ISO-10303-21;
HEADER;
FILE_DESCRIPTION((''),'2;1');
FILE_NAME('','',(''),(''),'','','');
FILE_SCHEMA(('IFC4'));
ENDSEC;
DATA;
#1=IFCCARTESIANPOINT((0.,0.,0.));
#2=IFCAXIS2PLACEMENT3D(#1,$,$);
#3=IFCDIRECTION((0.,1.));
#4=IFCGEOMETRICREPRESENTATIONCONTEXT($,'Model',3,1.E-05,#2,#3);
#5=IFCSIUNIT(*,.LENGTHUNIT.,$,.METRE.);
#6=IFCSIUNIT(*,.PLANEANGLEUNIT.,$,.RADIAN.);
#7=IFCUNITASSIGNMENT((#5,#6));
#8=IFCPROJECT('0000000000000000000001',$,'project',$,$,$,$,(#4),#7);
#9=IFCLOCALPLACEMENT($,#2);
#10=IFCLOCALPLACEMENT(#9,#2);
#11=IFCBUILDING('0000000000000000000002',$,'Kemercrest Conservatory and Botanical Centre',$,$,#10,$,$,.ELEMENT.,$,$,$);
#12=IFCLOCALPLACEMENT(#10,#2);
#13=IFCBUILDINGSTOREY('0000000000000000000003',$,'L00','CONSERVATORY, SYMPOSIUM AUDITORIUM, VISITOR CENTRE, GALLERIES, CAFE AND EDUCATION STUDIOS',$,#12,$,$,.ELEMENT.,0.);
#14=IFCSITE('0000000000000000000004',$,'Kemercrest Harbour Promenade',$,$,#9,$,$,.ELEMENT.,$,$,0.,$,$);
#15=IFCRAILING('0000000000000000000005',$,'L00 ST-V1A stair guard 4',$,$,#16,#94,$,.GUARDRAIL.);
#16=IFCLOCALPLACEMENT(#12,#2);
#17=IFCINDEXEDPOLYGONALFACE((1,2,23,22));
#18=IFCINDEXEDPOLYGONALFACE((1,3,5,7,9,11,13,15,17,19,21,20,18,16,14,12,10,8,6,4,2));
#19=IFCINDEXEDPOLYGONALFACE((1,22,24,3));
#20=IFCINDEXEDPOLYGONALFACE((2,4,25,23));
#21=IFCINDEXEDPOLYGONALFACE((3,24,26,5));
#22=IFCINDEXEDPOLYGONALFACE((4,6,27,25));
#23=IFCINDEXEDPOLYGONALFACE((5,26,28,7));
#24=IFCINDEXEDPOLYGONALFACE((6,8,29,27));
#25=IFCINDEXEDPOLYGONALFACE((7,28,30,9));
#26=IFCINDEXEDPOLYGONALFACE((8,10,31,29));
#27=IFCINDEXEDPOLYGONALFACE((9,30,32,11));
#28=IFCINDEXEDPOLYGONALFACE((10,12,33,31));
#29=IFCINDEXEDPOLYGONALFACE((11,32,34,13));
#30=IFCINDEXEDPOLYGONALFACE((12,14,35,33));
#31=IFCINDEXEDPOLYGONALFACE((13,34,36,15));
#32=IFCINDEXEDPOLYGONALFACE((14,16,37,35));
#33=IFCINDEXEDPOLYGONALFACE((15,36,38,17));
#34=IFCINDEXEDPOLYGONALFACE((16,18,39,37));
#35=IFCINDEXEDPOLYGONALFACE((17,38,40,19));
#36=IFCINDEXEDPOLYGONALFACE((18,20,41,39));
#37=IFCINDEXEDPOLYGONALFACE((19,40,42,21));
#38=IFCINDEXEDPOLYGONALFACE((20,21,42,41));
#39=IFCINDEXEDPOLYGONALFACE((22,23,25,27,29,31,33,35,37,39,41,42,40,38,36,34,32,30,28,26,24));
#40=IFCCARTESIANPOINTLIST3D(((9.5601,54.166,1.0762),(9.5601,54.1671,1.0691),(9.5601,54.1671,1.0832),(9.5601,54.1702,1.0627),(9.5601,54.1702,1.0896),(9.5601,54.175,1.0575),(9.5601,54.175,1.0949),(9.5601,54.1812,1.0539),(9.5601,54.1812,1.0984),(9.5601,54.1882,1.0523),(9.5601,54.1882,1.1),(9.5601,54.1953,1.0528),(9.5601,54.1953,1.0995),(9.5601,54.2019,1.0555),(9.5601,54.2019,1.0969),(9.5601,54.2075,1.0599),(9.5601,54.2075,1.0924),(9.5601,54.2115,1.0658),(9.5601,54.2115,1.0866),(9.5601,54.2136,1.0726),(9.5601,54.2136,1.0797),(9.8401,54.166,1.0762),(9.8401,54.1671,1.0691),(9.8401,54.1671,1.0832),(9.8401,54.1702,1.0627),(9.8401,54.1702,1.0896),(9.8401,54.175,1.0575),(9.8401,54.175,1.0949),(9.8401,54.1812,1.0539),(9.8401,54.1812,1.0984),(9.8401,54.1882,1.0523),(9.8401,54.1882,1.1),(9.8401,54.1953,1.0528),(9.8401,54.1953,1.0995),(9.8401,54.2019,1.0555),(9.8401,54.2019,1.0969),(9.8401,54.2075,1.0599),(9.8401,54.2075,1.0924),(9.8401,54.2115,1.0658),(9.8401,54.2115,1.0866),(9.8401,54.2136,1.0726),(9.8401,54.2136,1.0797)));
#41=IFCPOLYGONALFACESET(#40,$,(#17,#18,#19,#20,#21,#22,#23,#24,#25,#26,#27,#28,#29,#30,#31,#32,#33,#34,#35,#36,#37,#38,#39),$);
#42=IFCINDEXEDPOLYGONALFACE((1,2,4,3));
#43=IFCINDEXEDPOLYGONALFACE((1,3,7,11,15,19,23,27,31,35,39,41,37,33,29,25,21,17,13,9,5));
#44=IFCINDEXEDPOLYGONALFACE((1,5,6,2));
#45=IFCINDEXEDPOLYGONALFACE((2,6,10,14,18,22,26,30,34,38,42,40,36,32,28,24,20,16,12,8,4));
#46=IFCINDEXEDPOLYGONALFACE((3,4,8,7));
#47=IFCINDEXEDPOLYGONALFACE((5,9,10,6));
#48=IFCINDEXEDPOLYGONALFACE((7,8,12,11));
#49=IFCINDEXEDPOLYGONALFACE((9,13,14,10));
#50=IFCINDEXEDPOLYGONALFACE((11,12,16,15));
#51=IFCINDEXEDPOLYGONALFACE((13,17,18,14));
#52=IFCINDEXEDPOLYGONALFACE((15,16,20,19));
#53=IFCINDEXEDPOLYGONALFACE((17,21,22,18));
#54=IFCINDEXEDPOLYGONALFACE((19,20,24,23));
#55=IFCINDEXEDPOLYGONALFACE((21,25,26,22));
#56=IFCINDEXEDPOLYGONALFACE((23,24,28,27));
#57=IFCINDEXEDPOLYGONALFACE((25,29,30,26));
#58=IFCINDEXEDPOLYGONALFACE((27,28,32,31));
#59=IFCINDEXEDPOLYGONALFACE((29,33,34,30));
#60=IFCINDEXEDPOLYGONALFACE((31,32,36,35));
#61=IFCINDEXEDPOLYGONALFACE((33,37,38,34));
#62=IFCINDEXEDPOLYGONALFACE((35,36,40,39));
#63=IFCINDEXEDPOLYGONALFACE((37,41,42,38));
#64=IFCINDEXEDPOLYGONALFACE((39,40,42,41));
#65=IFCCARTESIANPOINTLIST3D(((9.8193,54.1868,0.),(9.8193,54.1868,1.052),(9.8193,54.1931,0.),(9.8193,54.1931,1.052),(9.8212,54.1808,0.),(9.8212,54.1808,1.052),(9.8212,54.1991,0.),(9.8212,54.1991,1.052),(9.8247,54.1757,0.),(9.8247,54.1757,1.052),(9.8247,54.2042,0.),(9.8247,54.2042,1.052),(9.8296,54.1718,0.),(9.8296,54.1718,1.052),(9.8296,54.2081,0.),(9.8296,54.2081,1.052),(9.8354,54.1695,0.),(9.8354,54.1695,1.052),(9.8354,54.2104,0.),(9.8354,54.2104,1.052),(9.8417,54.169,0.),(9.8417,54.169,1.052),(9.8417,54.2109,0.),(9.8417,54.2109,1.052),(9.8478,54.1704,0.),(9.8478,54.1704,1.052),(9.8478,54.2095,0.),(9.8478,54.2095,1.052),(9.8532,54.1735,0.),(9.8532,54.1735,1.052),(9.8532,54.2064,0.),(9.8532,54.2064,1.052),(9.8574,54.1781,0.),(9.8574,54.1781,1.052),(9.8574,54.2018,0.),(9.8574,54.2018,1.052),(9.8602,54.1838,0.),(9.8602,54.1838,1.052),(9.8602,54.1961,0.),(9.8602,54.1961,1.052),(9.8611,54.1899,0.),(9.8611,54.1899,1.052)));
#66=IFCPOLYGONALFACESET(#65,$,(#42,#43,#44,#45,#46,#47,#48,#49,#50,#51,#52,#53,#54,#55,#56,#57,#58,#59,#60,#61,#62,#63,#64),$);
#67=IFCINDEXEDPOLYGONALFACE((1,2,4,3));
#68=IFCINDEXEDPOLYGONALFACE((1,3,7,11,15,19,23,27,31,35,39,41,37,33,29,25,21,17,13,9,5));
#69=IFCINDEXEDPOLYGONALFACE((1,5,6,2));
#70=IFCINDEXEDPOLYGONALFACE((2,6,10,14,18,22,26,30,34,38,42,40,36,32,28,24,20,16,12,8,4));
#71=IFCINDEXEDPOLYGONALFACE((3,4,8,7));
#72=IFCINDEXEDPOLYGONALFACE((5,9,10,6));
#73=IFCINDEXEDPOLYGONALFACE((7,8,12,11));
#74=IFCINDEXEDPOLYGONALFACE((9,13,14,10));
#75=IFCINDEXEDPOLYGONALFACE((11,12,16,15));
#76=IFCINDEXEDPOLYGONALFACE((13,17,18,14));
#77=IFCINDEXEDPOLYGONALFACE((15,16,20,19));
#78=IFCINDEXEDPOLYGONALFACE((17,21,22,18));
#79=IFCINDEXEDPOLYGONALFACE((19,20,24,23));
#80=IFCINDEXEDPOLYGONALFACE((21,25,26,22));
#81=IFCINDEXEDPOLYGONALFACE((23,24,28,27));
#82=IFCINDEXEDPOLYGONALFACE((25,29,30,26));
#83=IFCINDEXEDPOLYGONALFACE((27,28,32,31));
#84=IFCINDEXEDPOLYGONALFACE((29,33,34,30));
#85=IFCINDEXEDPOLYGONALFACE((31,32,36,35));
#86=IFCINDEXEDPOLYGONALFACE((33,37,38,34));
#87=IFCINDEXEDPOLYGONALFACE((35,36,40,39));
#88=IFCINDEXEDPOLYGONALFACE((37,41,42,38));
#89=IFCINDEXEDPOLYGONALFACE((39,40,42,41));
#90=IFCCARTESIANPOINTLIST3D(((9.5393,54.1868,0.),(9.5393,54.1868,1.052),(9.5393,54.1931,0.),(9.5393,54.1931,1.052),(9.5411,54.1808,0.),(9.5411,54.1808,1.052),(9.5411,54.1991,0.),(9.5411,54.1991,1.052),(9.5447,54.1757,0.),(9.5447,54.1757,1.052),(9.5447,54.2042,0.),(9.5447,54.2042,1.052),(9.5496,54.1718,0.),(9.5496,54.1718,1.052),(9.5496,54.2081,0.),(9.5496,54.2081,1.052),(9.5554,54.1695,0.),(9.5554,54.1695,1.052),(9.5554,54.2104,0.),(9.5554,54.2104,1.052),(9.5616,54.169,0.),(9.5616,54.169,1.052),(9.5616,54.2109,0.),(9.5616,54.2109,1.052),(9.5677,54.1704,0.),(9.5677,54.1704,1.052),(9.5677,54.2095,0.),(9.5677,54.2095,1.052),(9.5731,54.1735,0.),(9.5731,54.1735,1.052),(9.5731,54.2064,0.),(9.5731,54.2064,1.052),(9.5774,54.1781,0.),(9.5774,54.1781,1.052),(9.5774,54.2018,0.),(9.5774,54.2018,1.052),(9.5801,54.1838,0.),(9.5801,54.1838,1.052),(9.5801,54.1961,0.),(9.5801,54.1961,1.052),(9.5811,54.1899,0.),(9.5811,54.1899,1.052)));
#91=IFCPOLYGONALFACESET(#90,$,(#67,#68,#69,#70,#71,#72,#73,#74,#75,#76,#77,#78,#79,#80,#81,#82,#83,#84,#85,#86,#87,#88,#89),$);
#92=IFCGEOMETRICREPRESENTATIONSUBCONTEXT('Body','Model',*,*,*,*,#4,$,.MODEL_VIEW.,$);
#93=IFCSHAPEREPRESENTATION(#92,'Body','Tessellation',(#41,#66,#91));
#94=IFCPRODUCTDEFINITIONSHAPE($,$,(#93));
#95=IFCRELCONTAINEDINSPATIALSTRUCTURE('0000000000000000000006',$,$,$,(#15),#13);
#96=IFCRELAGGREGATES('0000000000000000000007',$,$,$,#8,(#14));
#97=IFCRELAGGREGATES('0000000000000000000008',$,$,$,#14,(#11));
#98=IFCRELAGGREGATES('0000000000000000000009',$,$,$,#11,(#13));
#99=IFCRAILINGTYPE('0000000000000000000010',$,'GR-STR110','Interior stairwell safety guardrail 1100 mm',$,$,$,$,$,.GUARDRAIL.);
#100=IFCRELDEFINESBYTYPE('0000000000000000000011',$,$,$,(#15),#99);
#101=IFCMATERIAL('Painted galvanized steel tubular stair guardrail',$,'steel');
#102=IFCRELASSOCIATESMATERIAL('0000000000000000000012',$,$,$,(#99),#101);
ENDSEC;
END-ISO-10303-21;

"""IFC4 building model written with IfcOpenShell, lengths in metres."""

from ifc_helpers import new_model, si_unit, direction, frame, origin, origin_2d, place, context, subcontext, project, spatial, circle, extrude, material, type_object, element, save


model = new_model("IFC4")

# Units and contexts
model_context = context("Model", 3, precision=1e-05, world=origin(), true_north=direction((0.0, 1.0)))
body_context = subcontext(model_context, "Body", "Model", "MODEL_VIEW")
ifc_project = project(units=[si_unit("LENGTHUNIT", "METRE"), si_unit("PLANEANGLEUNIT", "RADIAN")], contexts=[model_context])

# Site, building, storey
site_placement = place(None, origin())
site = spatial("IfcSite", under=ifc_project, at=site_placement, Name="Kemercrest Harbour Promenade", CompositionType="ELEMENT", RefElevation=0.0)
building_placement = place(site_placement, origin())
building = spatial("IfcBuilding", under=site, at=building_placement, Name="Kemercrest Conservatory and Botanical Centre", CompositionType="ELEMENT")
storey_placement = place(building_placement, origin())
storey = spatial("IfcBuildingStorey", under=building, at=storey_placement, Name="L00", Description="CONSERVATORY, SYMPOSIUM AUDITORIUM, VISITOR CENTRE, GALLERIES, CAFE AND EDUCATION STUDIOS", CompositionType="ELEMENT", Elevation=0.0)

# Railing
ifc_material_1 = material(Name="Painted galvanized steel tubular stair guardrail", Category="steel")
railing_type_1 = type_object("IfcRailingType", Name="GR-STR110", Description="Interior stairwell safety guardrail 1100 mm", PredefinedType="GUARDRAIL", material=ifc_material_1)
railing_1_placement = place(storey_placement, frame((9.8401, 54.1899, 0.0)))
element("IfcRailing", 1, at=railing_1_placement, inside=storey, type_object=railing_type_1, Name="L00 ST-V1A stair guard 4", PredefinedType="GUARDRAIL", context=body_context, shape_type="SweptSolid", body=[
    extrude(circle(Radius=0.0239, at=origin_2d()), frame((0.0, 0.0, 1.0762), z_axis=(-1.0, 0.0, 0.0), x_axis=(0.0, -1.0, 0.0)), (0.0, 0.0, 1.0), 0.28),
    extrude(circle(Radius=0.021, at=origin_2d()), origin(), (0.0, 0.0, 1.0), 1.052),
    extrude(circle(Radius=0.021, at=origin_2d()), frame((-0.28, 0.0, 0.0)), (0.0, 0.0, 1.0), 1.052),
])

save(model, "model.ifc")
